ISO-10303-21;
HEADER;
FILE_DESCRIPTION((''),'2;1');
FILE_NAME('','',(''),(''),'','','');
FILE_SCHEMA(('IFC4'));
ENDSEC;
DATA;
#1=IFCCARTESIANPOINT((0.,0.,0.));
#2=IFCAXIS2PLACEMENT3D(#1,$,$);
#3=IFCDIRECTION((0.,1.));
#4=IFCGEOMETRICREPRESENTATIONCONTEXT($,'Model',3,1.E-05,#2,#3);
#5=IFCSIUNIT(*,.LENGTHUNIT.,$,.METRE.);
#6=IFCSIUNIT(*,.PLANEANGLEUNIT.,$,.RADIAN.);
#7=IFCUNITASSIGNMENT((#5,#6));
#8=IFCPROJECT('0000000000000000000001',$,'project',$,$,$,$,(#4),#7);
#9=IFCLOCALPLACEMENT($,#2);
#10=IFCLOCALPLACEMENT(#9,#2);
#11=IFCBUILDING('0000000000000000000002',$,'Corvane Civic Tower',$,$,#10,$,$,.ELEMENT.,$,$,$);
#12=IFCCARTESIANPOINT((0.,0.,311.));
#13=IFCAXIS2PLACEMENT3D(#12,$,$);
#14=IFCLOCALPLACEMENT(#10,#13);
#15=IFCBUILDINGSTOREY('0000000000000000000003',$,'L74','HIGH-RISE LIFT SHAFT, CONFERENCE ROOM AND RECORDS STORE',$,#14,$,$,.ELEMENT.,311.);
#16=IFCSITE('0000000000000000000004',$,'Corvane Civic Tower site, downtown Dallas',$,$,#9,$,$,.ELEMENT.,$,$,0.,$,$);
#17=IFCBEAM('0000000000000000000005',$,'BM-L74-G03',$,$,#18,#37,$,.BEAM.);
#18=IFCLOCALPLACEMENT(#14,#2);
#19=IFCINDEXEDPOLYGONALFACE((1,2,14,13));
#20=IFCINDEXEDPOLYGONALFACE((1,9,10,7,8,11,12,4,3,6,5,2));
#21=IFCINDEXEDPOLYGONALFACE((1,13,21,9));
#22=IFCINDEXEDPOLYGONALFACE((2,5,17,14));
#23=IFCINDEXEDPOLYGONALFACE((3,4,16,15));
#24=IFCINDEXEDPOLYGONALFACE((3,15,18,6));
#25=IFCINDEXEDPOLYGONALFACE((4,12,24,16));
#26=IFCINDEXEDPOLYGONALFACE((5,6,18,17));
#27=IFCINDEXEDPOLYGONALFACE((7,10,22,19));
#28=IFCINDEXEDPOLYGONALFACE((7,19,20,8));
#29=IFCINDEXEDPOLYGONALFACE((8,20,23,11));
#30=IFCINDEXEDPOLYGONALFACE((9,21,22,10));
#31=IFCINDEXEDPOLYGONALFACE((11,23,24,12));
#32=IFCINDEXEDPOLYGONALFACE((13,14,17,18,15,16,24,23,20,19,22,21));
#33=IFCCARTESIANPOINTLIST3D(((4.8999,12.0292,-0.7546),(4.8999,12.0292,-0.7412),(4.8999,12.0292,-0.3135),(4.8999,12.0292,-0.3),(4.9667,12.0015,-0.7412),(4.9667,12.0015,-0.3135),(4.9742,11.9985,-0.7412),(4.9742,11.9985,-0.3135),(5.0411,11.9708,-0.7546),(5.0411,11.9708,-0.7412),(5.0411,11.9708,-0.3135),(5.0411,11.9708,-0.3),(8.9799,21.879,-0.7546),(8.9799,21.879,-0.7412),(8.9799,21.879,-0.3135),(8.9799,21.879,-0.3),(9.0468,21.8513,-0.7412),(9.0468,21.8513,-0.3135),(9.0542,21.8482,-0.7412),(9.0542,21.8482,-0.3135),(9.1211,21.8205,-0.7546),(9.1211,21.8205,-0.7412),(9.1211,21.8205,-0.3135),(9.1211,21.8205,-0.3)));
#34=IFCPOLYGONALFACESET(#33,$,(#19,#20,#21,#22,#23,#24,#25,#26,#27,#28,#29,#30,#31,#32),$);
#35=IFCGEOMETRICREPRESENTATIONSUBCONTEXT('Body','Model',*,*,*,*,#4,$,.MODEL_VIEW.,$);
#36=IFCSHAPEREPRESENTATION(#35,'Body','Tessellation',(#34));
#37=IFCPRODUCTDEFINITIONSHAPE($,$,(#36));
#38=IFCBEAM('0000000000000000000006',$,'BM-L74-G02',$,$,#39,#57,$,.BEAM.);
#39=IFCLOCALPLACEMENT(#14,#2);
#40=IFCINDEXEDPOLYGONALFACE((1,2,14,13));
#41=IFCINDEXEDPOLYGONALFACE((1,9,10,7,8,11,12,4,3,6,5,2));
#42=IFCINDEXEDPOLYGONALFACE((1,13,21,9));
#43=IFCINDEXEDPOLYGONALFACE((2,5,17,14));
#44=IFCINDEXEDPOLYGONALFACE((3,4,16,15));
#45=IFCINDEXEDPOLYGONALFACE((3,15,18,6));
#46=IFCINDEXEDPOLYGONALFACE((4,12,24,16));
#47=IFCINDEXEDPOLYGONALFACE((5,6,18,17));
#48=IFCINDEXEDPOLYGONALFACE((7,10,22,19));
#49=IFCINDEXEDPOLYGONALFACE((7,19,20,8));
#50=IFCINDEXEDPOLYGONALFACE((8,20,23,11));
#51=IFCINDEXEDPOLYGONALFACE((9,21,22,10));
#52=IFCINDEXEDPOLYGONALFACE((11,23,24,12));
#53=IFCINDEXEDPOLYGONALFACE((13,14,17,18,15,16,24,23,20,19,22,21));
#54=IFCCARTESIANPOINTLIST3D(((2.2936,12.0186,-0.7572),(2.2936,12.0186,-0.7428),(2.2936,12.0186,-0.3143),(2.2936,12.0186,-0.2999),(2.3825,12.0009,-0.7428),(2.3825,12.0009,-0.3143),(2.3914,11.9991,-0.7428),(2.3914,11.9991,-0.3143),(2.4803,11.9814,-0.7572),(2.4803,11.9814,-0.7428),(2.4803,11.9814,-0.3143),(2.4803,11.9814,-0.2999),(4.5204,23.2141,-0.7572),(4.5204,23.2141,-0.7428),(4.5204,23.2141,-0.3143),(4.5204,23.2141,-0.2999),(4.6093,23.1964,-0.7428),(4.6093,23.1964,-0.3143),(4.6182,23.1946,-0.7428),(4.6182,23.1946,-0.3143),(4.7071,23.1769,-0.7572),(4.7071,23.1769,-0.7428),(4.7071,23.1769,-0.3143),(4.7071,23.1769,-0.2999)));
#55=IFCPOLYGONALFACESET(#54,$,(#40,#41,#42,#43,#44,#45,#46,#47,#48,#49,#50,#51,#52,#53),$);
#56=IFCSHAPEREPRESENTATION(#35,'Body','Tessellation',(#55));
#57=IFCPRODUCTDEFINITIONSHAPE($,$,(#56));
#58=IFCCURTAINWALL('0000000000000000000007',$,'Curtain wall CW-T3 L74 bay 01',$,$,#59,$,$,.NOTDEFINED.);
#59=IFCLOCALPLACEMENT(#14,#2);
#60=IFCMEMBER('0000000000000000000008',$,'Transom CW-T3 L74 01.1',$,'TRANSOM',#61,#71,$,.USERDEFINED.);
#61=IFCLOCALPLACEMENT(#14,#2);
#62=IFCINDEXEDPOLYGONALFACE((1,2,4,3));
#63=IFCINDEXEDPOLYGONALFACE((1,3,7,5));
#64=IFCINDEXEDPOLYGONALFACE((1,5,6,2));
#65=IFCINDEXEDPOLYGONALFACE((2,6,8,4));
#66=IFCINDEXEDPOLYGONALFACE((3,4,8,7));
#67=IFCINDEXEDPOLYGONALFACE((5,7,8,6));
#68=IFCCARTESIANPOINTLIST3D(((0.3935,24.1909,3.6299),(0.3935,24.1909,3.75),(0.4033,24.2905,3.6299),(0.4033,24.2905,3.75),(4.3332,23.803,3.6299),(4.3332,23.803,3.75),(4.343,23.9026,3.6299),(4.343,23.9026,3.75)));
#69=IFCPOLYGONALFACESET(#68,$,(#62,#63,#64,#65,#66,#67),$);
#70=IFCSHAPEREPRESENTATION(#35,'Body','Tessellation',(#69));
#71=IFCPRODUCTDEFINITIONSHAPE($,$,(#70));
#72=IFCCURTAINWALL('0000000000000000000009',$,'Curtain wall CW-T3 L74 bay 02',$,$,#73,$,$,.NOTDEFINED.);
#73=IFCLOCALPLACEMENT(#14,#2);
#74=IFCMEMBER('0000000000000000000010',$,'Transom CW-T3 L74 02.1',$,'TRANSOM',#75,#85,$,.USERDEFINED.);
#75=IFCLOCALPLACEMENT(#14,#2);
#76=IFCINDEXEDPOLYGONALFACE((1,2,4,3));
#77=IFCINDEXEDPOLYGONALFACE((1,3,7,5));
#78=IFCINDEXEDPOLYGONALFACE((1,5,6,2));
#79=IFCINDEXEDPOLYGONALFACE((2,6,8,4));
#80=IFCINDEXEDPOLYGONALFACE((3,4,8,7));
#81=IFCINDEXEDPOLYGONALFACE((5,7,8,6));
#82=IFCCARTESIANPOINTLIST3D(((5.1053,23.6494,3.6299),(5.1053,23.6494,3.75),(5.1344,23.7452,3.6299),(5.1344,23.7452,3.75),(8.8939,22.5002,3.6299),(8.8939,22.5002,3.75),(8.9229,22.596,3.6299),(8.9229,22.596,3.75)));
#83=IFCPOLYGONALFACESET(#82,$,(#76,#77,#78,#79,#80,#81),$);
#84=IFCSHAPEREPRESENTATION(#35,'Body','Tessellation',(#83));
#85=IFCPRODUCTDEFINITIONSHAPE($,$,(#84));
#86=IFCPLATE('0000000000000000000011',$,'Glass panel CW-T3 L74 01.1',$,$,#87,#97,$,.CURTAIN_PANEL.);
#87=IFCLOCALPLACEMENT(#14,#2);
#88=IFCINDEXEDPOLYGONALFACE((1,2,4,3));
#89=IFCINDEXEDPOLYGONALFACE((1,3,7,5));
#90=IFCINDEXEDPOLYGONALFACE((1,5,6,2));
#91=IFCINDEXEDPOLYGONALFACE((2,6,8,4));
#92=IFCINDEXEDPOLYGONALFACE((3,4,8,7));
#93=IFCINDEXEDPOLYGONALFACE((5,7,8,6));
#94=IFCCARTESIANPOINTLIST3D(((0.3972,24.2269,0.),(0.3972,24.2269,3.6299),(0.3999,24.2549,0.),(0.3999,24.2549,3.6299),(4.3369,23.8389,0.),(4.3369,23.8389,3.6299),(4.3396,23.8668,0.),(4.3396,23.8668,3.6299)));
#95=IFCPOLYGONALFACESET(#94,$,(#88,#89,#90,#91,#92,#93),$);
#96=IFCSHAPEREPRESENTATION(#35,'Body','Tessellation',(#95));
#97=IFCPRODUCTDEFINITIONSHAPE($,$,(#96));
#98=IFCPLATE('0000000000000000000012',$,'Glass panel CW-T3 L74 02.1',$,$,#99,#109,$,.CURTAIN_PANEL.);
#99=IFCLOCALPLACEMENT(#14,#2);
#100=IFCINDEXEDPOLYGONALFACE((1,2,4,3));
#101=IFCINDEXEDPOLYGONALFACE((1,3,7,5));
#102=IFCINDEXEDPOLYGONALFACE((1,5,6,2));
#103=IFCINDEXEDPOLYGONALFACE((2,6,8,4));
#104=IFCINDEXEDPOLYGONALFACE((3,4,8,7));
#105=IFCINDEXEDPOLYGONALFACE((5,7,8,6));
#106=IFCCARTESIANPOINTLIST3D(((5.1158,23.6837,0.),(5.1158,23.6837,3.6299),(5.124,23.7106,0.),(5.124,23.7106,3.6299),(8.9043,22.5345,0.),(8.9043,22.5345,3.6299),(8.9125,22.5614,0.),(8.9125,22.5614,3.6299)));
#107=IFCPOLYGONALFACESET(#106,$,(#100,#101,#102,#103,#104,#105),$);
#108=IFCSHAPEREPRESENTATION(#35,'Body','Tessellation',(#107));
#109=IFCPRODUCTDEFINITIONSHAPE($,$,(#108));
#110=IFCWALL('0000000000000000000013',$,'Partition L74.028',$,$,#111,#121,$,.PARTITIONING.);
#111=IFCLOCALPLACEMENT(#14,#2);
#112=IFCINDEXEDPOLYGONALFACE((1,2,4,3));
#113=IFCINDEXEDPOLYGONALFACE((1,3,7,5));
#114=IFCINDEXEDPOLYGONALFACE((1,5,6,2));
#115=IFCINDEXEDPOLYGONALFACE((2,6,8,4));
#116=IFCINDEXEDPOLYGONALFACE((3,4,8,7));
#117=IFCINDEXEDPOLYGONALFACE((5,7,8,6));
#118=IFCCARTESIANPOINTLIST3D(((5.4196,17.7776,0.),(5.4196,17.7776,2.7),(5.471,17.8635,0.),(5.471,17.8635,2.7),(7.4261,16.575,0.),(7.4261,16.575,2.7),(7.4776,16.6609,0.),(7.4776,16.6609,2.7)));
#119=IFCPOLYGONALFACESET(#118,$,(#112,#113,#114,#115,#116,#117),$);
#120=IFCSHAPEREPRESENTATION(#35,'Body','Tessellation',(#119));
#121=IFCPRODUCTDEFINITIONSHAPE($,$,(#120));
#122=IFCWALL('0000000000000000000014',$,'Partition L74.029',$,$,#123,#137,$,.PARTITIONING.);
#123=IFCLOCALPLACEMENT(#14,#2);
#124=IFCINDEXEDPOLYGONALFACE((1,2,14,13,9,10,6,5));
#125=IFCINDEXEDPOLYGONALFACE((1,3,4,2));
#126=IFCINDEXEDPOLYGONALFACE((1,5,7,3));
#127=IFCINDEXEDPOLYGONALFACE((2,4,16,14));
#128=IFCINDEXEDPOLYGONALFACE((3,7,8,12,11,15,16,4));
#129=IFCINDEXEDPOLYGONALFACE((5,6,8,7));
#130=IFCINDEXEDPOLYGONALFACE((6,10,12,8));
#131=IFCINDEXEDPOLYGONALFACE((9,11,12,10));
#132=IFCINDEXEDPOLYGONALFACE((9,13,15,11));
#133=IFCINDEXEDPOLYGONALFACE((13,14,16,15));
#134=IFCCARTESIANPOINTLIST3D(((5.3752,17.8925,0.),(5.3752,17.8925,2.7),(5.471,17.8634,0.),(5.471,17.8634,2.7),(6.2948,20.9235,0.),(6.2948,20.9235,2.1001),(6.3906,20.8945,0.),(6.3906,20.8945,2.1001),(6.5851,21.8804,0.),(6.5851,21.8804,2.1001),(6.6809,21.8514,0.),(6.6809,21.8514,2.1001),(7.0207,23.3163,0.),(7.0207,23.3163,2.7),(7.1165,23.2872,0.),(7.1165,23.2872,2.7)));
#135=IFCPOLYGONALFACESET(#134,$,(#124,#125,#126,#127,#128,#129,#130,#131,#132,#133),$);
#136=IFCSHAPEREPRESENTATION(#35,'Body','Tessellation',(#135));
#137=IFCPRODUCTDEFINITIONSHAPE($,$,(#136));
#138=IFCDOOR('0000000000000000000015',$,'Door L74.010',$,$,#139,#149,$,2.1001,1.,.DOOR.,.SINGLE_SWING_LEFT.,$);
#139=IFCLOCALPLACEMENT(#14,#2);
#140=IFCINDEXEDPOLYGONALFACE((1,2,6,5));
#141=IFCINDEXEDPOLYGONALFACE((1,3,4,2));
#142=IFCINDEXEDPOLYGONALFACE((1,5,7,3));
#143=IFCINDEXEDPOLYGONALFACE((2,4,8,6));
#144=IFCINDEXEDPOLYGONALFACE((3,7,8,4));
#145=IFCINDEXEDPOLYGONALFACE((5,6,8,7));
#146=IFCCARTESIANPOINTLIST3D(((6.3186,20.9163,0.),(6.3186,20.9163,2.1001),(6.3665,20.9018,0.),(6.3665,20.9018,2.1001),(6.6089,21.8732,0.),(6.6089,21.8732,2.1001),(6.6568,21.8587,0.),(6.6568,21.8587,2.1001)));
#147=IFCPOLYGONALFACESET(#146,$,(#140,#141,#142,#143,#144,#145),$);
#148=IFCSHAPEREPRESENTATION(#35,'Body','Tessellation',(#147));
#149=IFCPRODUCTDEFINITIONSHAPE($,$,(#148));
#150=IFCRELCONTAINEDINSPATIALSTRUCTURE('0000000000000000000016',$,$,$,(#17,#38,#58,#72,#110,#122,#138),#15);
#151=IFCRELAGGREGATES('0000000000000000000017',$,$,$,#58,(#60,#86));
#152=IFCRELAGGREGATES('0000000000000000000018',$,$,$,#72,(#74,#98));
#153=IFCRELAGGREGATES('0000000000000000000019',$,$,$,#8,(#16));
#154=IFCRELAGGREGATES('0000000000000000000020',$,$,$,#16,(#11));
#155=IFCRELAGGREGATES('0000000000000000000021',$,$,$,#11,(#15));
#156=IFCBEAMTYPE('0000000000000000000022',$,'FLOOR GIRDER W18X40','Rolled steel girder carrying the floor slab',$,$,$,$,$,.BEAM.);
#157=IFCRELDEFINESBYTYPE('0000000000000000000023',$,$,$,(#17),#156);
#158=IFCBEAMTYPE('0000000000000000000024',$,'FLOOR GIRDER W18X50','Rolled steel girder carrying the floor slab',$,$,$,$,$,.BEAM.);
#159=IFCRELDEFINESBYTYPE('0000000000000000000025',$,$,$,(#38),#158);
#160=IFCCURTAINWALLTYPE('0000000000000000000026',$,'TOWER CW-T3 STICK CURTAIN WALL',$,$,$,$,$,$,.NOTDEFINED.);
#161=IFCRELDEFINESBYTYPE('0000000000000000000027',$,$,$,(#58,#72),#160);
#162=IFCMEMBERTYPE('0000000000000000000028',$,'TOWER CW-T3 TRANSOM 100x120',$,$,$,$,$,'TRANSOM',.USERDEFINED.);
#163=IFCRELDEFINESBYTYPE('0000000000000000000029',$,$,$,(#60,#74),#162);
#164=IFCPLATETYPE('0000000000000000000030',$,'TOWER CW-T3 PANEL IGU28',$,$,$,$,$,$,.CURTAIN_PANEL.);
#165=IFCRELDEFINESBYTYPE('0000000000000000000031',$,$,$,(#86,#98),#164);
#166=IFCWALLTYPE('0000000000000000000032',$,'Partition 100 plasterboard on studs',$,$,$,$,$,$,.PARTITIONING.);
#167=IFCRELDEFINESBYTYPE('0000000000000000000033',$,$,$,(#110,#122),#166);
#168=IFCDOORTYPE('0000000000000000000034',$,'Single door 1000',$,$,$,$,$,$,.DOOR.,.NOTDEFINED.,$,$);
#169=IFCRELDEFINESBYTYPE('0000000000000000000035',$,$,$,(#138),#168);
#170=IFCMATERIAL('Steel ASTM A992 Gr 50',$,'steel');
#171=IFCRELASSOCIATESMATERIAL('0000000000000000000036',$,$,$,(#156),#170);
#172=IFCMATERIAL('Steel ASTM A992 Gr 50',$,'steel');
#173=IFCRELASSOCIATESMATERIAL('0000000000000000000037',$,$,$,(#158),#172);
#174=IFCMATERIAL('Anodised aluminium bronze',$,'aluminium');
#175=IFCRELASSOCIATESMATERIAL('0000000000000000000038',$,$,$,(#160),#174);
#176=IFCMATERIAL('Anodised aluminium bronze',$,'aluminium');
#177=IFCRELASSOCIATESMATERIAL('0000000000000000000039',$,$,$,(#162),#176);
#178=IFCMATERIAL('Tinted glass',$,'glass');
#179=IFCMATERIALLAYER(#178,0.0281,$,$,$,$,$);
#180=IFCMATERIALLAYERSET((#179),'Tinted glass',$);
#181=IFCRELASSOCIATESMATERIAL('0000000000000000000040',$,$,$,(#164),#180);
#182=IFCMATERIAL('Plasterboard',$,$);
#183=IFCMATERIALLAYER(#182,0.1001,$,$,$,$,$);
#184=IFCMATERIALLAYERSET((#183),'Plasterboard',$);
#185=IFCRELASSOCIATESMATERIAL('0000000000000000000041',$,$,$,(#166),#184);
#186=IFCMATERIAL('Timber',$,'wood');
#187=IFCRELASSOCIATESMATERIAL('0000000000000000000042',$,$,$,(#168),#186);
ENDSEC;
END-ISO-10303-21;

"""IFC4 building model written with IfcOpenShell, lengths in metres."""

from ifc_helpers import new_model, si_unit, direction, frame, frame_2d, origin, origin_2d, place, context, subcontext, project, spatial, rectangle, i_section, extrude, material, layer, layer_set, material_profile, profile_set, type_object, element, fill, aggregate, save


model = new_model("IFC4")

# Units and contexts
model_context = context("Model", 3, precision=1e-05, world=origin(), true_north=direction((0.0, 1.0)))
body_context = subcontext(model_context, "Body", "Model", "MODEL_VIEW")
ifc_project = project(units=[si_unit("LENGTHUNIT", "METRE"), si_unit("PLANEANGLEUNIT", "RADIAN")], contexts=[model_context])

# Site, building, storey
site_placement = place(None, origin())
site = spatial("IfcSite", under=ifc_project, at=site_placement, Name="Corvane Civic Tower site, downtown Dallas", CompositionType="ELEMENT", RefElevation=0.0)
building_placement = place(site_placement, origin())
building = spatial("IfcBuilding", under=site, at=building_placement, Name="Corvane Civic Tower", CompositionType="ELEMENT")
storey_placement = place(building_placement, frame((0.0, 0.0, 311.0)))
storey = spatial("IfcBuildingStorey", under=building, at=storey_placement, Name="L74", Description="HIGH-RISE LIFT SHAFT, CONFERENCE ROOM AND RECORDS STORE", CompositionType="ELEMENT", Elevation=311.0)

# Beams
ifc_material_1 = material(Name="Steel ASTM A992 Gr 50", Category="steel")
ifc_material_profile_1 = material_profile(ifc_material_1, i_section(OverallWidth=0.1528, OverallDepth=0.4546, WebThickness=0.0081, FlangeThickness=0.0134, at=origin_2d()), Name="W18X40")
ifc_profile_set_1 = profile_set([ifc_material_profile_1], Name="Steel ASTM A992 Gr 50")
beam_type_1 = type_object("IfcBeamType", Name="FLOOR GIRDER W18X40", Description="Rolled steel girder carrying the floor slab", PredefinedType="BEAM", material=ifc_profile_set_1)
beam_1_placement = place(storey_placement, frame((4.9705, 12.0, -0.5273), z_axis=(0.382694, 0.923875, 0.0), x_axis=(-0.923875, 0.382694, 0.0)))
element("IfcBeam", 1, at=beam_1_placement, inside=storey, type_object=beam_type_1, Name="BM-L74-G03", PredefinedType="BEAM", context=body_context, shape_type="SweptSolid", body=[
    extrude(i_section(OverallWidth=0.1528, OverallDepth=0.4546, WebThickness=0.0081, FlangeThickness=0.0134, at=origin_2d()), origin(), (0.0, 0.0, 1.0), 10.6614),
])
ifc_material_2 = material(Name="Steel ASTM A992 Gr 50", Category="steel")
ifc_material_profile_2 = material_profile(ifc_material_2, i_section(OverallWidth=0.1904, OverallDepth=0.4573, WebThickness=0.009, FlangeThickness=0.0144, at=origin_2d()), Name="W18X50")
ifc_profile_set_2 = profile_set([ifc_material_profile_2], Name="Steel ASTM A992 Gr 50")
beam_type_2 = type_object("IfcBeamType", Name="FLOOR GIRDER W18X50", Description="Rolled steel girder carrying the floor slab", PredefinedType="BEAM", material=ifc_profile_set_2)
beam_2_placement = place(storey_placement, frame((2.387, 12.0, -0.5286), z_axis=(0.19508, 0.980787, 0.0), x_axis=(-0.980787, 0.19508, 0.0)))
element("IfcBeam", 2, at=beam_2_placement, inside=storey, type_object=beam_type_2, Name="BM-L74-G02", PredefinedType="BEAM", context=body_context, shape_type="SweptSolid", body=[
    extrude(i_section(OverallWidth=0.1904, OverallDepth=0.4573, WebThickness=0.009, FlangeThickness=0.0144, at=origin_2d()), origin(), (0.0, 0.0, 1.0), 11.4148),
])

# Curtain walls, members
ifc_material_3 = material(Name="Anodised aluminium bronze", Category="aluminium")
curtain_wall_type = type_object("IfcCurtainWallType", Name="TOWER CW-T3 STICK CURTAIN WALL", PredefinedType="NOTDEFINED", material=ifc_material_3)
curtain_wall_1_placement = place(storey_placement, origin())
curtain_wall_1 = element("IfcCurtainWall", 3, at=curtain_wall_1_placement, inside=storey, type_object=curtain_wall_type, Name="Curtain wall CW-T3 L74 bay 01", PredefinedType="NOTDEFINED")
ifc_material_4 = material(Name="Anodised aluminium bronze", Category="aluminium")
ifc_material_profile_3 = material_profile(ifc_material_4, rectangle(XDim=0.1001, YDim=0.1201, at=origin_2d()), Name="TOWER CW-T3 TRANSOM 100x120")
ifc_profile_set_3 = profile_set([ifc_material_profile_3], Name="Anodised aluminium bronze")
member_type = type_object("IfcMemberType", Name="TOWER CW-T3 TRANSOM 100x120", ElementType="TRANSOM", PredefinedType="USERDEFINED", material=ifc_profile_set_3)
member_1_placement = place(storey_placement, frame((0.3984, 24.2407, 3.6899), z_axis=(0.995187, -0.097995, 0.0), x_axis=(0.097995, 0.995187, 0.0)))
member_1 = element("IfcMember", 4, at=member_1_placement, type_object=member_type, Name="Transom CW-T3 L74 01.1", ObjectType="TRANSOM", PredefinedType="USERDEFINED", context=body_context, shape_type="SweptSolid", body=[
    extrude(rectangle(XDim=0.1001, YDim=0.1201, at=origin_2d()), origin(), (0.0, 0.0, 1.0), 3.9587),
])
curtain_wall_2_placement = place(storey_placement, origin())
curtain_wall_2 = element("IfcCurtainWall", 5, at=curtain_wall_2_placement, inside=storey, type_object=curtain_wall_type, Name="Curtain wall CW-T3 L74 bay 02", PredefinedType="NOTDEFINED")
member_2_placement = place(storey_placement, frame((5.1199, 23.6973, 3.6899), z_axis=(0.956946, -0.290266, 0.0), x_axis=(0.290266, 0.956946, 0.0)))
member_2 = element("IfcMember", 6, at=member_2_placement, type_object=member_type, Name="Transom CW-T3 L74 02.1", ObjectType="TRANSOM", PredefinedType="USERDEFINED", context=body_context, shape_type="SweptSolid", body=[
    extrude(rectangle(XDim=0.1001, YDim=0.1201, at=origin_2d()), origin(), (0.0, 0.0, 1.0), 3.959),
])

# Plates
ifc_material_5 = material(Name="Tinted glass", Category="glass")
ifc_layer_1 = layer(ifc_material_5, 0.0281)
ifc_layer_set_1 = layer_set([ifc_layer_1], Name="Tinted glass")
plate_type = type_object("IfcPlateType", Name="TOWER CW-T3 PANEL IGU28", PredefinedType="CURTAIN_PANEL", material=ifc_layer_set_1)
plate_1_placement = place(storey_placement, frame((2.3684, 24.0469, 0.0), z_axis=(0.0, 0.0, 1.0), x_axis=(0.995184, -0.098021, 0.0)))
plate_1 = element("IfcPlate", 7, at=plate_1_placement, type_object=plate_type, Name="Glass panel CW-T3 L74 01.1", PredefinedType="CURTAIN_PANEL", context=body_context, shape_type="SweptSolid", body=[
    extrude(rectangle(XDim=3.9587, YDim=0.0281, at=origin_2d()), origin(), (0.0, 0.0, 1.0), 3.6299),
])
aggregate(curtain_wall_1, [member_1, plate_1])
plate_2_placement = place(storey_placement, frame((7.0142, 23.1226, 0.0), z_axis=(0.0, 0.0, 1.0), x_axis=(0.956944, -0.290274, 0.0)))
plate_2 = element("IfcPlate", 8, at=plate_2_placement, type_object=plate_type, Name="Glass panel CW-T3 L74 02.1", PredefinedType="CURTAIN_PANEL", context=body_context, shape_type="SweptSolid", body=[
    extrude(rectangle(XDim=3.959, YDim=0.0281, at=origin_2d()), origin(), (0.0, 0.0, 1.0), 3.6299),
])
aggregate(curtain_wall_2, [member_2, plate_2])

# Wall
ifc_material_6 = material(Name="Plasterboard")
ifc_layer_2 = layer(ifc_material_6, 0.1001)
ifc_layer_set_2 = layer_set([ifc_layer_2], Name="Plasterboard")
wall_type = type_object("IfcWallType", Name="Partition 100 plasterboard on studs", PredefinedType="PARTITIONING", material=ifc_layer_set_2)
wall_1_placement = place(storey_placement, frame((5.4453, 17.8206, 0.0), z_axis=(0.0, 0.0, 1.0), x_axis=(0.857741, -0.514081, 0.0)))
element("IfcWall", 9, at=wall_1_placement, inside=storey, type_object=wall_type, Name="Partition L74.028", PredefinedType="PARTITIONING", context=body_context, shape_type="SweptSolid", body=[
    extrude(rectangle(XDim=2.3394, YDim=0.1001, at=frame_2d((1.1697, 0.0))), origin(), (0.0, 0.0, 1.0), 2.7),
])

# Wall, opening, door
wall_2_placement = place(storey_placement, frame((5.4231, 17.8779, 0.0), z_axis=(0.0, 0.0, 1.0), x_axis=(0.290318, 0.95693, 0.0)))
wall_2 = element("IfcWall", 10, at=wall_2_placement, inside=storey, type_object=wall_type, Name="Partition L74.029", PredefinedType="PARTITIONING", context=body_context, shape_type="SweptSolid", body=[
    extrude(rectangle(XDim=5.668, YDim=0.1001, at=frame_2d((2.834, 0.0))), origin(), (0.0, 0.0, 1.0), 2.7),
])
opening_placement = place(wall_2_placement, frame((3.1675, 0.0, 0.0)))
opening = element("IfcOpeningElement", 11, at=opening_placement, cuts=wall_2, PredefinedType="OPENING", context=body_context, shape_type="SweptSolid", body=[
    extrude(rectangle(XDim=1.0, YDim=2.1001, at=frame_2d((0.5, 1.05))), frame((0.0, 0.0601, 0.0), z_axis=(0.0, -1.0, 0.0), x_axis=(1.0, 0.0, 0.0)), (0.0, 0.0, 1.0), 0.1201),
])
ifc_material_7 = material(Name="Timber", Category="wood")
door_type = type_object("IfcDoorType", Name="Single door 1000", OperationType="NOTDEFINED", PredefinedType="DOOR", material=ifc_material_7)
door_placement = place(opening_placement, frame((1.0, 0.0, 0.0), z_axis=(0.0, 0.0, 1.0), x_axis=(-1.0, 0.0, 0.0)))
door = element("IfcDoor", 12, at=door_placement, inside=storey, type_object=door_type, Name="Door L74.010", OperationType="SINGLE_SWING_LEFT", OverallHeight=2.1001, OverallWidth=1.0, PredefinedType="DOOR", context=body_context, shape_type="SweptSolid", body=[
    extrude(rectangle(XDim=1.0, YDim=2.1001, at=frame_2d((0.5, 1.05))), frame((0.0, 0.0249, 0.0), z_axis=(0.0, -1.0, 0.0), x_axis=(1.0, 0.0, 0.0)), (0.0, 0.0, 1.0), 0.05),
])
fill(opening, door)

save(model, "model.ifc")
